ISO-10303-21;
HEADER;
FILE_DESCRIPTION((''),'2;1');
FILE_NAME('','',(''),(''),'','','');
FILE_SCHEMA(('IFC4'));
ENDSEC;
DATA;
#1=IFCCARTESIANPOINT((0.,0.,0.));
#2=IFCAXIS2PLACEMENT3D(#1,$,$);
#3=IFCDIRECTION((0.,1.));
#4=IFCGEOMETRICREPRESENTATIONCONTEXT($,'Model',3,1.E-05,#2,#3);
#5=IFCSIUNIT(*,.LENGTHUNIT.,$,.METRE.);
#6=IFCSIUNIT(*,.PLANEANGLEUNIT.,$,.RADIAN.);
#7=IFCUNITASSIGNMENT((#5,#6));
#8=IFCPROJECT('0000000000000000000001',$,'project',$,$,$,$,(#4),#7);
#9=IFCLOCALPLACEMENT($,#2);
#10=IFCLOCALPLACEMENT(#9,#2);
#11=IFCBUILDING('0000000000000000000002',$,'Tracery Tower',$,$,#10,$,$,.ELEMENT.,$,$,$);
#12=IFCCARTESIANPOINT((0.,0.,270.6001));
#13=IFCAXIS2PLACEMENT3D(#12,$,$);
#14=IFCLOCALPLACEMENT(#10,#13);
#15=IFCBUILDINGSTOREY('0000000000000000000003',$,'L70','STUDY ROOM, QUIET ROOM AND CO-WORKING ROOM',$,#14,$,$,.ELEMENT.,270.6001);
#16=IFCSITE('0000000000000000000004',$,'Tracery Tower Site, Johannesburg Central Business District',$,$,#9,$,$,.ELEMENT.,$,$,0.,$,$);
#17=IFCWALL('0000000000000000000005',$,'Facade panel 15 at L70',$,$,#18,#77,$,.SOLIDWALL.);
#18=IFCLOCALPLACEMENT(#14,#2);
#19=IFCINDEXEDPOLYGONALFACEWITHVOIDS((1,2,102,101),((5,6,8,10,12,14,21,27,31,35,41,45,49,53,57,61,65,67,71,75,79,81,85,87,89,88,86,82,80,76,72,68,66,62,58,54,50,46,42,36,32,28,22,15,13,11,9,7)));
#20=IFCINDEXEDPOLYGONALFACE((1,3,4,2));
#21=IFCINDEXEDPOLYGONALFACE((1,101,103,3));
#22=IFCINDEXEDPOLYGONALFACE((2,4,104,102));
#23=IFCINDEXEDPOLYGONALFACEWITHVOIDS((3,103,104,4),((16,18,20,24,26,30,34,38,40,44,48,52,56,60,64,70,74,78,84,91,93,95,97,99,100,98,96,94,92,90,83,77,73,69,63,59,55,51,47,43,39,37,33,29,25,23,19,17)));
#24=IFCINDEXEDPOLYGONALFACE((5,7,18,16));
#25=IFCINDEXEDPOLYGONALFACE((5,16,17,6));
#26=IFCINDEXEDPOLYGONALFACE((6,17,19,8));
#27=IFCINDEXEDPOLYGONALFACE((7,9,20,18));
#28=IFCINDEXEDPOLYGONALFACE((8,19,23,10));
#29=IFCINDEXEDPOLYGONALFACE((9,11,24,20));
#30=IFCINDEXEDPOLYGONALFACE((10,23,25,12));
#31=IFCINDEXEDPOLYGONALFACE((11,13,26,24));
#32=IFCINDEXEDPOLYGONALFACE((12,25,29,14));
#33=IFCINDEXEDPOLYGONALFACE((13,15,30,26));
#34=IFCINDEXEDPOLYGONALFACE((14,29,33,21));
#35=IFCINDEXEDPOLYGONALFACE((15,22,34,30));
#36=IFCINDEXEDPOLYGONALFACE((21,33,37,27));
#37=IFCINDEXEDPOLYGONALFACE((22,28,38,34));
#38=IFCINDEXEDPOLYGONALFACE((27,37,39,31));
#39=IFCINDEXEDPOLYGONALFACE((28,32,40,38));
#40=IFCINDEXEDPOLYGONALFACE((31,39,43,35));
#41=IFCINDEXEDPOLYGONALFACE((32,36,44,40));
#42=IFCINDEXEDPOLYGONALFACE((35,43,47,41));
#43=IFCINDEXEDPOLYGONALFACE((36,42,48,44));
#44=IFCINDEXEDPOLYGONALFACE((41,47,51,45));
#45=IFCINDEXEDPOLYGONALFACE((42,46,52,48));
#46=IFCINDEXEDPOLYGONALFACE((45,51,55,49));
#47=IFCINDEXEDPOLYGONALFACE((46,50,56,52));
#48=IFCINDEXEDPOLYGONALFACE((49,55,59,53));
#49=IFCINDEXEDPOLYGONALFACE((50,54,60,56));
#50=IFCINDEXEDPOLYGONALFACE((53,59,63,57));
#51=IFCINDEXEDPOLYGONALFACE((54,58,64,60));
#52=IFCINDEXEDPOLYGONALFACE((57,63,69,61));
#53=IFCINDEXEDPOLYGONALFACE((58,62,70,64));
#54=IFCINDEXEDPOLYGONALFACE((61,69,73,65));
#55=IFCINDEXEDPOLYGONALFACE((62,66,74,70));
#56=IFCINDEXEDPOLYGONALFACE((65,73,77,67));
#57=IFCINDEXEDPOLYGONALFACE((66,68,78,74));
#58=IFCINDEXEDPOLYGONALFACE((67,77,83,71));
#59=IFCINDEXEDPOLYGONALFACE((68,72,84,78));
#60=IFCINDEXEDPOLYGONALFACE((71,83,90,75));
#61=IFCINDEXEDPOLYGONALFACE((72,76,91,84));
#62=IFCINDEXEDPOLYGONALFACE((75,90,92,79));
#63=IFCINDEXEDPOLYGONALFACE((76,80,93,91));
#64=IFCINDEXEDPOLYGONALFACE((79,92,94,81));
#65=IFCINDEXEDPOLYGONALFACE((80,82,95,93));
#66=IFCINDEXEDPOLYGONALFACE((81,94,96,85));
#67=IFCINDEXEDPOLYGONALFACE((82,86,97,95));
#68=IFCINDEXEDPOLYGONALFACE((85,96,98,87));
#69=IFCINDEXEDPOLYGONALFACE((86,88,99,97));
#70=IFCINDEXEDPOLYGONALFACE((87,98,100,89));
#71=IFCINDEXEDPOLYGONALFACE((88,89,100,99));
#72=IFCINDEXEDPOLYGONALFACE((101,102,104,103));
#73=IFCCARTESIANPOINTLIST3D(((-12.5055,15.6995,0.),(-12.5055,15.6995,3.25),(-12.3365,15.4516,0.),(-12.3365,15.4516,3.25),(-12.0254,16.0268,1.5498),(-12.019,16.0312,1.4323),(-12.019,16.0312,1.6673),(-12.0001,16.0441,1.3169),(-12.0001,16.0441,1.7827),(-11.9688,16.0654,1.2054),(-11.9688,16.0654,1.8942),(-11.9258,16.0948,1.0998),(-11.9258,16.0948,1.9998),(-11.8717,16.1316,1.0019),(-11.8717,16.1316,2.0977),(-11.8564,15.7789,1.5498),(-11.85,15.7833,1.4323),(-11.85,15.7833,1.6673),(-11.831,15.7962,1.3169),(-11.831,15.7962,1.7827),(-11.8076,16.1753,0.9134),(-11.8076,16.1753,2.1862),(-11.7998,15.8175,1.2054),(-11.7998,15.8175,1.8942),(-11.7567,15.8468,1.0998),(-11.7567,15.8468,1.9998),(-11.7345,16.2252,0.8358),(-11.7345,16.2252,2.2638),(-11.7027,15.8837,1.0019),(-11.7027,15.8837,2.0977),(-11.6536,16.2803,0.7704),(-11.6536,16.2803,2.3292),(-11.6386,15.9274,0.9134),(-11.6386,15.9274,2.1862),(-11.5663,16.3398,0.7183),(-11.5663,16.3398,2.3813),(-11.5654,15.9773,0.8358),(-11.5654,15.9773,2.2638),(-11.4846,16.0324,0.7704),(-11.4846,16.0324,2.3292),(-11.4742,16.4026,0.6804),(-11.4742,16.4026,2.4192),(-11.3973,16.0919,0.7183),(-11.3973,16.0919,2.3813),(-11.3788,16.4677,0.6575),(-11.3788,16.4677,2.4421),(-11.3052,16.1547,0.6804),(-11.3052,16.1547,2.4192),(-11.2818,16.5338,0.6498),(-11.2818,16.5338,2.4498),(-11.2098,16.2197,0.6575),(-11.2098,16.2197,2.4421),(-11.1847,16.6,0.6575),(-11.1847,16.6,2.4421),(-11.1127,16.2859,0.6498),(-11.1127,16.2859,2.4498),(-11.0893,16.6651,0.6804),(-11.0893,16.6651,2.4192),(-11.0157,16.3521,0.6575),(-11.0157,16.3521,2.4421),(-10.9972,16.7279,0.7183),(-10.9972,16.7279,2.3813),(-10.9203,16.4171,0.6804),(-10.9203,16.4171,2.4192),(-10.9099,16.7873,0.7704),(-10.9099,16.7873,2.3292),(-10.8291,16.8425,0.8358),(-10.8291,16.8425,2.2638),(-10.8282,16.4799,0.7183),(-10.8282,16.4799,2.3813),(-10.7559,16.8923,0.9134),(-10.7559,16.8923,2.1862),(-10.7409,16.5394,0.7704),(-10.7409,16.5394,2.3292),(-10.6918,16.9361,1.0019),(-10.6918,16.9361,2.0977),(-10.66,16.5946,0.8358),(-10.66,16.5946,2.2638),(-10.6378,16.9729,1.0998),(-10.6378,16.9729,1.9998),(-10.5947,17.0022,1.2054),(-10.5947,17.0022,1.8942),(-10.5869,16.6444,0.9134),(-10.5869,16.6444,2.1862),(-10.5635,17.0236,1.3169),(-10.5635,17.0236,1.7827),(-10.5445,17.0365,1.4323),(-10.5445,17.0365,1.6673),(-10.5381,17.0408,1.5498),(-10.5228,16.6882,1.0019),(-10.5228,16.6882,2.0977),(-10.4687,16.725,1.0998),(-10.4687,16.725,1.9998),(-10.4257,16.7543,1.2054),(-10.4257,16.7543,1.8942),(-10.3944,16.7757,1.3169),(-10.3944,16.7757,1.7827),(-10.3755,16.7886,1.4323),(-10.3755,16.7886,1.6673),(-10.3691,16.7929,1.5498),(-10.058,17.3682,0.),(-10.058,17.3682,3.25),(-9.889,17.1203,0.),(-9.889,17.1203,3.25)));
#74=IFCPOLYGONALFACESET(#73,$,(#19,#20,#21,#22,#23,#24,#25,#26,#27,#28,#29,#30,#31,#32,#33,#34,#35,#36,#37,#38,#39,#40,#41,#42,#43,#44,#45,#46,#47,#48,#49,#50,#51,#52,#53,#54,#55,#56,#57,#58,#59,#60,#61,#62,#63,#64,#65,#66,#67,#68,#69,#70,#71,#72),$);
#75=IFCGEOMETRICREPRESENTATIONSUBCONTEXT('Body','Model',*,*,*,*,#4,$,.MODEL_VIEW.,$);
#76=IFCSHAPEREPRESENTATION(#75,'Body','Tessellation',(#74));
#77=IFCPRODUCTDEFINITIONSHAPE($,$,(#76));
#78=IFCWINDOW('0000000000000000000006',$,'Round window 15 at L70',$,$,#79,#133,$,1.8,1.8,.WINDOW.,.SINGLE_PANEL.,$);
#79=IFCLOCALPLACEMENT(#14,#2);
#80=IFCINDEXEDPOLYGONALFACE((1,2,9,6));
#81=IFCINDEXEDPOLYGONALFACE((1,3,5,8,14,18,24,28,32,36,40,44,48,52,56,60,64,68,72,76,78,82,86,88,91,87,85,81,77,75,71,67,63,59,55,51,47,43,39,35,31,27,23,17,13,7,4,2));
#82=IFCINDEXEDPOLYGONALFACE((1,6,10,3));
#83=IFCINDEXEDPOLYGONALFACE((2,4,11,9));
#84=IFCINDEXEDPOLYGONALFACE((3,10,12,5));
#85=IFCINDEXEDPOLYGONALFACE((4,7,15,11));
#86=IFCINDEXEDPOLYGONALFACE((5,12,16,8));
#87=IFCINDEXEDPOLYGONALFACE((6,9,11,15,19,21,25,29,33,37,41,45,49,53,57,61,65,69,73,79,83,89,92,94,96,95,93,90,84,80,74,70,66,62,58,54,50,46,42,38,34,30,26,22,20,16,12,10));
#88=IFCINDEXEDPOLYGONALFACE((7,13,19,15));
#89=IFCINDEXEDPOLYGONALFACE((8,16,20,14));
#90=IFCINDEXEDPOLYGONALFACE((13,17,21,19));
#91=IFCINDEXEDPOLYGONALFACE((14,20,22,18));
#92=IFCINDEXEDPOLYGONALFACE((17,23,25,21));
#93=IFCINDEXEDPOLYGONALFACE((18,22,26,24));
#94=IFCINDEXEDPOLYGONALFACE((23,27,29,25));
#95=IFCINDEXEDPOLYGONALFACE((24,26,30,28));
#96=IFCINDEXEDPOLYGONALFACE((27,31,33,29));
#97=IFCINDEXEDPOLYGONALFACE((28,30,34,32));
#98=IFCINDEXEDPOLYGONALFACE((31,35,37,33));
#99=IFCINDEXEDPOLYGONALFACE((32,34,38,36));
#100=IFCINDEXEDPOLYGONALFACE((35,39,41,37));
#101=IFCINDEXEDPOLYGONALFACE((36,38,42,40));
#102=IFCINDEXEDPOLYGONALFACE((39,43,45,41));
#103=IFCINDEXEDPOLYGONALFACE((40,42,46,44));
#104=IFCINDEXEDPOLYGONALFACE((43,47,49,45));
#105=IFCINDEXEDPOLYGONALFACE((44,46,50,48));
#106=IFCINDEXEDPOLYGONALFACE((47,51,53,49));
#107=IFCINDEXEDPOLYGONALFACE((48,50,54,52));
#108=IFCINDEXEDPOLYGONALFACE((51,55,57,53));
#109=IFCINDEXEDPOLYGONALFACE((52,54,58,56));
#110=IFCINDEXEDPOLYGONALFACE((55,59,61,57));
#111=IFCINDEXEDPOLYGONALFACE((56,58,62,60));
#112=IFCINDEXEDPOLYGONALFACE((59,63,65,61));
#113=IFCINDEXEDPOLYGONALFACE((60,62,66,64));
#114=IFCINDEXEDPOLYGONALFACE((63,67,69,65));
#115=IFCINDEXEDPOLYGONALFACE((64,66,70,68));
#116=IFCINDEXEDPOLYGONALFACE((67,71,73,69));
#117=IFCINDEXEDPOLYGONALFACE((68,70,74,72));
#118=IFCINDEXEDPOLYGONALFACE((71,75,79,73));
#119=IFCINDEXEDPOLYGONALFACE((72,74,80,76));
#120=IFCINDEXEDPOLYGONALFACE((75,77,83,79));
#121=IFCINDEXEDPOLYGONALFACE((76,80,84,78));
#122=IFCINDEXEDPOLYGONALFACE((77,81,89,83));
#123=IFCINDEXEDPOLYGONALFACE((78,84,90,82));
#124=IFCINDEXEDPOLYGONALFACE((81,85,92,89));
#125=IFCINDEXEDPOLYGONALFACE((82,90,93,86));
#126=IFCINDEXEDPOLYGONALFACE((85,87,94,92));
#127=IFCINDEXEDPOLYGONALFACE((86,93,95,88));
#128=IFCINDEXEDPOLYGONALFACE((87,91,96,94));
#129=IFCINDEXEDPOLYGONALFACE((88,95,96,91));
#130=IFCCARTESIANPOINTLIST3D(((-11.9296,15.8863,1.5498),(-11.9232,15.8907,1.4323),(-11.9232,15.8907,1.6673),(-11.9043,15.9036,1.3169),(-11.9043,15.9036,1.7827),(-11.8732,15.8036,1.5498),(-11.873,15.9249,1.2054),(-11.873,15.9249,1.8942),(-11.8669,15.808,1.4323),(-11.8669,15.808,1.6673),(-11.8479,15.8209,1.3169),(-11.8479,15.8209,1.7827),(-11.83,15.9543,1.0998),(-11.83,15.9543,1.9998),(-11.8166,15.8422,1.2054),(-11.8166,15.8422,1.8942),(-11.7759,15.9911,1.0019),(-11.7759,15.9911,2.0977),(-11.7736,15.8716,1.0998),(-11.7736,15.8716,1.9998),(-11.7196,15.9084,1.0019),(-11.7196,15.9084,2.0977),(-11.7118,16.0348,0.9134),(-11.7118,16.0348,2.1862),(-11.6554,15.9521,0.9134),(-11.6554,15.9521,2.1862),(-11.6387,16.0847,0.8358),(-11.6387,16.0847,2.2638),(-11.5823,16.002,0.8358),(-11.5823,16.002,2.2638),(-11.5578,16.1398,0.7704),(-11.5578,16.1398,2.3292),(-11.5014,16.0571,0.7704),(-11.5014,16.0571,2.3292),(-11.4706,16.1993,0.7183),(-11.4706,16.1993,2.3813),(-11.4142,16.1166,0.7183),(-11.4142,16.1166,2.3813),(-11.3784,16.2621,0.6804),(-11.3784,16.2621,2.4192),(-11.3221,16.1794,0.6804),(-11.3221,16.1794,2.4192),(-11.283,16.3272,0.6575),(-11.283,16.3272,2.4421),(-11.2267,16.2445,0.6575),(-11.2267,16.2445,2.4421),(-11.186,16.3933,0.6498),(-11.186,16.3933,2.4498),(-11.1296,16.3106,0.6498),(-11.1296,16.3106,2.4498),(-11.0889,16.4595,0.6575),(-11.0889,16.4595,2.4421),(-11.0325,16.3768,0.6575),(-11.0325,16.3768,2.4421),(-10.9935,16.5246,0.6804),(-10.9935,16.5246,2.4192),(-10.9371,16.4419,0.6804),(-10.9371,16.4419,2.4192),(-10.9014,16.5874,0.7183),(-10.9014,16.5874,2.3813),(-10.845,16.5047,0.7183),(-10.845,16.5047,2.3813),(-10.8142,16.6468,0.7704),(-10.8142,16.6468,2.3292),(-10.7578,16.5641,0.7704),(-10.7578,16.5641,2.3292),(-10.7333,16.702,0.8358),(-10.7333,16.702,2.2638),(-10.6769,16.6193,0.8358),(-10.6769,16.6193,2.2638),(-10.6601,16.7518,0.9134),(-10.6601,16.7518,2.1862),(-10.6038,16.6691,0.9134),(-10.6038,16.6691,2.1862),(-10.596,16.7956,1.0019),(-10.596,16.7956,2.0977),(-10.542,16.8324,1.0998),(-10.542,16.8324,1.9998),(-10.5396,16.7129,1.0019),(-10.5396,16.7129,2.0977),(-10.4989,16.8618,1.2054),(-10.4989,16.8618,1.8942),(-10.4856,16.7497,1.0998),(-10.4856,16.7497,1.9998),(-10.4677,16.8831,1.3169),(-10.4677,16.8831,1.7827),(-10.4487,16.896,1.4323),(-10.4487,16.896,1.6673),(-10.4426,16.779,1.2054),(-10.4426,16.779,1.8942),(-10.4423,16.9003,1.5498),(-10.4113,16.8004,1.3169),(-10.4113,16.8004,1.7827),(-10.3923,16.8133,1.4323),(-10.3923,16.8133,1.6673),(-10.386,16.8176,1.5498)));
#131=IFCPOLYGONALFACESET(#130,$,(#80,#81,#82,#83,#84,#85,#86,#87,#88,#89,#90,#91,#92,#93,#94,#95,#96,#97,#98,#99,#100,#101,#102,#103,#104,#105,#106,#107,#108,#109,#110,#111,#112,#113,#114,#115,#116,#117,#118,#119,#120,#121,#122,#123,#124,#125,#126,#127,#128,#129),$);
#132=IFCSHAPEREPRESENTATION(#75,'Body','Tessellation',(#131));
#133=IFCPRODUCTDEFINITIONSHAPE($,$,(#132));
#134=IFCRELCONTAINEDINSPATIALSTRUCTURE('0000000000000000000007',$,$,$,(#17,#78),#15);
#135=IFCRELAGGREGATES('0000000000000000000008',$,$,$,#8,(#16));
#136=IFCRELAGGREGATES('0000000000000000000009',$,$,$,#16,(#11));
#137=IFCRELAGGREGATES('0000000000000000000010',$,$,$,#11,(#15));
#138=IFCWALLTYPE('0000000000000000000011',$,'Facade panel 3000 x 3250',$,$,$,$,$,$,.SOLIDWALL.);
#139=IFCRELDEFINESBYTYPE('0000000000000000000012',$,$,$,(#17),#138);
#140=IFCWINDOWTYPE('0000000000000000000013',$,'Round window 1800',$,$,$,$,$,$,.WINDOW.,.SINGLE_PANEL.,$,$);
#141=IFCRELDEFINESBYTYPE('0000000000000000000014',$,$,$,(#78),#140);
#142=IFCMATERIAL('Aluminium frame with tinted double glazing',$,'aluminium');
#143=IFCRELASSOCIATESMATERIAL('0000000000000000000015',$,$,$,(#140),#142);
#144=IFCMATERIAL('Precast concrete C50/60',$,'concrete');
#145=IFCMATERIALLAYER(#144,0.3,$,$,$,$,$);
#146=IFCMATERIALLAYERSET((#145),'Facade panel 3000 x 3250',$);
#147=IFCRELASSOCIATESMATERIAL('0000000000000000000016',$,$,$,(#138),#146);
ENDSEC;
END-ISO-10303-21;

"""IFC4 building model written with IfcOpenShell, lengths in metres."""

from ifc_helpers import new_model, si_unit, direction, frame, frame_2d, origin, origin_2d, place, context, subcontext, project, spatial, rectangle, circle, extrude, material, layer, layer_set, type_object, element, fill, save


model = new_model("IFC4")

# Units and contexts
model_context = context("Model", 3, precision=1e-05, world=origin(), true_north=direction((0.0, 1.0)))
body_context = subcontext(model_context, "Body", "Model", "MODEL_VIEW")
ifc_project = project(units=[si_unit("LENGTHUNIT", "METRE"), si_unit("PLANEANGLEUNIT", "RADIAN")], contexts=[model_context])

# Site, building, storey
site_placement = place(None, origin())
site = spatial("IfcSite", under=ifc_project, at=site_placement, Name="Tracery Tower Site, Johannesburg Central Business District", CompositionType="ELEMENT", RefElevation=0.0)
building_placement = place(site_placement, origin())
building = spatial("IfcBuilding", under=site, at=building_placement, Name="Tracery Tower", CompositionType="ELEMENT")
storey_placement = place(building_placement, frame((0.0, 0.0, 270.6001)))
storey = spatial("IfcBuildingStorey", under=building, at=storey_placement, Name="L70", Description="STUDY ROOM, QUIET ROOM AND CO-WORKING ROOM", CompositionType="ELEMENT", Elevation=270.6001)

# Wall, opening, window
ifc_material_1 = material(Name="Aluminium frame with tinted double glazing", Category="aluminium")
window_type = type_object("IfcWindowType", Name="Round window 1800", PartitioningType="SINGLE_PANEL", PredefinedType="WINDOW", material=ifc_material_1)
ifc_material_2 = material(Name="Precast concrete C50/60", Category="concrete")
ifc_layer_1 = layer(ifc_material_2, 0.3)
ifc_layer_set_1 = layer_set([ifc_layer_1], Name="Facade panel 3000 x 3250")
wall_type_1 = type_object("IfcWallType", Name="Facade panel 3000 x 3250", PredefinedType="SOLIDWALL", material=ifc_layer_set_1)
wall_1_placement = place(storey_placement, frame((-9.9736, 17.2441, 0.0), z_axis=(0.0, 0.0, 1.0), x_axis=(-0.826236, -0.563324, 0.0)))
wall_1 = element("IfcWall", 1, at=wall_1_placement, inside=storey, type_object=wall_type_1, Name="Facade panel 15 at L70", PredefinedType="SOLIDWALL", context=body_context, shape_type="SweptSolid", body=[
    extrude(rectangle(XDim=2.9622, YDim=0.3, at=frame_2d((1.481, 0.0))), origin(), (0.0, 0.0, 1.0), 3.25),
])
opening_1_placement = place(wall_1_placement, frame((1.481, 0.0, 1.5498)))
opening_1 = element("IfcOpeningElement", 2, at=opening_1_placement, cuts=wall_1, PredefinedType="OPENING", context=body_context, shape_type="SweptSolid", body=[
    extrude(circle(Radius=0.9, at=origin_2d()), frame((0.0, 0.1599, 0.0), z_axis=(0.0, -1.0, 0.0), x_axis=(1.0, 0.0, 0.0)), (0.0, 0.0, 1.0), 0.3201),
])
window_1_placement = place(opening_1_placement, origin())
window_1 = element("IfcWindow", 3, at=window_1_placement, inside=storey, type_object=window_type, Name="Round window 15 at L70", OverallHeight=1.8, OverallWidth=1.8, PartitioningType="SINGLE_PANEL", PredefinedType="WINDOW", context=body_context, shape_type="SweptSolid", body=[
    extrude(circle(Radius=0.9, at=origin_2d()), frame((0.0, 0.1201, 0.0), z_axis=(0.0, -1.0, 0.0), x_axis=(1.0, 0.0, 0.0)), (0.0, 0.0, 1.0), 0.1001),
])
fill(opening_1, window_1)

save(model, "model.ifc")
